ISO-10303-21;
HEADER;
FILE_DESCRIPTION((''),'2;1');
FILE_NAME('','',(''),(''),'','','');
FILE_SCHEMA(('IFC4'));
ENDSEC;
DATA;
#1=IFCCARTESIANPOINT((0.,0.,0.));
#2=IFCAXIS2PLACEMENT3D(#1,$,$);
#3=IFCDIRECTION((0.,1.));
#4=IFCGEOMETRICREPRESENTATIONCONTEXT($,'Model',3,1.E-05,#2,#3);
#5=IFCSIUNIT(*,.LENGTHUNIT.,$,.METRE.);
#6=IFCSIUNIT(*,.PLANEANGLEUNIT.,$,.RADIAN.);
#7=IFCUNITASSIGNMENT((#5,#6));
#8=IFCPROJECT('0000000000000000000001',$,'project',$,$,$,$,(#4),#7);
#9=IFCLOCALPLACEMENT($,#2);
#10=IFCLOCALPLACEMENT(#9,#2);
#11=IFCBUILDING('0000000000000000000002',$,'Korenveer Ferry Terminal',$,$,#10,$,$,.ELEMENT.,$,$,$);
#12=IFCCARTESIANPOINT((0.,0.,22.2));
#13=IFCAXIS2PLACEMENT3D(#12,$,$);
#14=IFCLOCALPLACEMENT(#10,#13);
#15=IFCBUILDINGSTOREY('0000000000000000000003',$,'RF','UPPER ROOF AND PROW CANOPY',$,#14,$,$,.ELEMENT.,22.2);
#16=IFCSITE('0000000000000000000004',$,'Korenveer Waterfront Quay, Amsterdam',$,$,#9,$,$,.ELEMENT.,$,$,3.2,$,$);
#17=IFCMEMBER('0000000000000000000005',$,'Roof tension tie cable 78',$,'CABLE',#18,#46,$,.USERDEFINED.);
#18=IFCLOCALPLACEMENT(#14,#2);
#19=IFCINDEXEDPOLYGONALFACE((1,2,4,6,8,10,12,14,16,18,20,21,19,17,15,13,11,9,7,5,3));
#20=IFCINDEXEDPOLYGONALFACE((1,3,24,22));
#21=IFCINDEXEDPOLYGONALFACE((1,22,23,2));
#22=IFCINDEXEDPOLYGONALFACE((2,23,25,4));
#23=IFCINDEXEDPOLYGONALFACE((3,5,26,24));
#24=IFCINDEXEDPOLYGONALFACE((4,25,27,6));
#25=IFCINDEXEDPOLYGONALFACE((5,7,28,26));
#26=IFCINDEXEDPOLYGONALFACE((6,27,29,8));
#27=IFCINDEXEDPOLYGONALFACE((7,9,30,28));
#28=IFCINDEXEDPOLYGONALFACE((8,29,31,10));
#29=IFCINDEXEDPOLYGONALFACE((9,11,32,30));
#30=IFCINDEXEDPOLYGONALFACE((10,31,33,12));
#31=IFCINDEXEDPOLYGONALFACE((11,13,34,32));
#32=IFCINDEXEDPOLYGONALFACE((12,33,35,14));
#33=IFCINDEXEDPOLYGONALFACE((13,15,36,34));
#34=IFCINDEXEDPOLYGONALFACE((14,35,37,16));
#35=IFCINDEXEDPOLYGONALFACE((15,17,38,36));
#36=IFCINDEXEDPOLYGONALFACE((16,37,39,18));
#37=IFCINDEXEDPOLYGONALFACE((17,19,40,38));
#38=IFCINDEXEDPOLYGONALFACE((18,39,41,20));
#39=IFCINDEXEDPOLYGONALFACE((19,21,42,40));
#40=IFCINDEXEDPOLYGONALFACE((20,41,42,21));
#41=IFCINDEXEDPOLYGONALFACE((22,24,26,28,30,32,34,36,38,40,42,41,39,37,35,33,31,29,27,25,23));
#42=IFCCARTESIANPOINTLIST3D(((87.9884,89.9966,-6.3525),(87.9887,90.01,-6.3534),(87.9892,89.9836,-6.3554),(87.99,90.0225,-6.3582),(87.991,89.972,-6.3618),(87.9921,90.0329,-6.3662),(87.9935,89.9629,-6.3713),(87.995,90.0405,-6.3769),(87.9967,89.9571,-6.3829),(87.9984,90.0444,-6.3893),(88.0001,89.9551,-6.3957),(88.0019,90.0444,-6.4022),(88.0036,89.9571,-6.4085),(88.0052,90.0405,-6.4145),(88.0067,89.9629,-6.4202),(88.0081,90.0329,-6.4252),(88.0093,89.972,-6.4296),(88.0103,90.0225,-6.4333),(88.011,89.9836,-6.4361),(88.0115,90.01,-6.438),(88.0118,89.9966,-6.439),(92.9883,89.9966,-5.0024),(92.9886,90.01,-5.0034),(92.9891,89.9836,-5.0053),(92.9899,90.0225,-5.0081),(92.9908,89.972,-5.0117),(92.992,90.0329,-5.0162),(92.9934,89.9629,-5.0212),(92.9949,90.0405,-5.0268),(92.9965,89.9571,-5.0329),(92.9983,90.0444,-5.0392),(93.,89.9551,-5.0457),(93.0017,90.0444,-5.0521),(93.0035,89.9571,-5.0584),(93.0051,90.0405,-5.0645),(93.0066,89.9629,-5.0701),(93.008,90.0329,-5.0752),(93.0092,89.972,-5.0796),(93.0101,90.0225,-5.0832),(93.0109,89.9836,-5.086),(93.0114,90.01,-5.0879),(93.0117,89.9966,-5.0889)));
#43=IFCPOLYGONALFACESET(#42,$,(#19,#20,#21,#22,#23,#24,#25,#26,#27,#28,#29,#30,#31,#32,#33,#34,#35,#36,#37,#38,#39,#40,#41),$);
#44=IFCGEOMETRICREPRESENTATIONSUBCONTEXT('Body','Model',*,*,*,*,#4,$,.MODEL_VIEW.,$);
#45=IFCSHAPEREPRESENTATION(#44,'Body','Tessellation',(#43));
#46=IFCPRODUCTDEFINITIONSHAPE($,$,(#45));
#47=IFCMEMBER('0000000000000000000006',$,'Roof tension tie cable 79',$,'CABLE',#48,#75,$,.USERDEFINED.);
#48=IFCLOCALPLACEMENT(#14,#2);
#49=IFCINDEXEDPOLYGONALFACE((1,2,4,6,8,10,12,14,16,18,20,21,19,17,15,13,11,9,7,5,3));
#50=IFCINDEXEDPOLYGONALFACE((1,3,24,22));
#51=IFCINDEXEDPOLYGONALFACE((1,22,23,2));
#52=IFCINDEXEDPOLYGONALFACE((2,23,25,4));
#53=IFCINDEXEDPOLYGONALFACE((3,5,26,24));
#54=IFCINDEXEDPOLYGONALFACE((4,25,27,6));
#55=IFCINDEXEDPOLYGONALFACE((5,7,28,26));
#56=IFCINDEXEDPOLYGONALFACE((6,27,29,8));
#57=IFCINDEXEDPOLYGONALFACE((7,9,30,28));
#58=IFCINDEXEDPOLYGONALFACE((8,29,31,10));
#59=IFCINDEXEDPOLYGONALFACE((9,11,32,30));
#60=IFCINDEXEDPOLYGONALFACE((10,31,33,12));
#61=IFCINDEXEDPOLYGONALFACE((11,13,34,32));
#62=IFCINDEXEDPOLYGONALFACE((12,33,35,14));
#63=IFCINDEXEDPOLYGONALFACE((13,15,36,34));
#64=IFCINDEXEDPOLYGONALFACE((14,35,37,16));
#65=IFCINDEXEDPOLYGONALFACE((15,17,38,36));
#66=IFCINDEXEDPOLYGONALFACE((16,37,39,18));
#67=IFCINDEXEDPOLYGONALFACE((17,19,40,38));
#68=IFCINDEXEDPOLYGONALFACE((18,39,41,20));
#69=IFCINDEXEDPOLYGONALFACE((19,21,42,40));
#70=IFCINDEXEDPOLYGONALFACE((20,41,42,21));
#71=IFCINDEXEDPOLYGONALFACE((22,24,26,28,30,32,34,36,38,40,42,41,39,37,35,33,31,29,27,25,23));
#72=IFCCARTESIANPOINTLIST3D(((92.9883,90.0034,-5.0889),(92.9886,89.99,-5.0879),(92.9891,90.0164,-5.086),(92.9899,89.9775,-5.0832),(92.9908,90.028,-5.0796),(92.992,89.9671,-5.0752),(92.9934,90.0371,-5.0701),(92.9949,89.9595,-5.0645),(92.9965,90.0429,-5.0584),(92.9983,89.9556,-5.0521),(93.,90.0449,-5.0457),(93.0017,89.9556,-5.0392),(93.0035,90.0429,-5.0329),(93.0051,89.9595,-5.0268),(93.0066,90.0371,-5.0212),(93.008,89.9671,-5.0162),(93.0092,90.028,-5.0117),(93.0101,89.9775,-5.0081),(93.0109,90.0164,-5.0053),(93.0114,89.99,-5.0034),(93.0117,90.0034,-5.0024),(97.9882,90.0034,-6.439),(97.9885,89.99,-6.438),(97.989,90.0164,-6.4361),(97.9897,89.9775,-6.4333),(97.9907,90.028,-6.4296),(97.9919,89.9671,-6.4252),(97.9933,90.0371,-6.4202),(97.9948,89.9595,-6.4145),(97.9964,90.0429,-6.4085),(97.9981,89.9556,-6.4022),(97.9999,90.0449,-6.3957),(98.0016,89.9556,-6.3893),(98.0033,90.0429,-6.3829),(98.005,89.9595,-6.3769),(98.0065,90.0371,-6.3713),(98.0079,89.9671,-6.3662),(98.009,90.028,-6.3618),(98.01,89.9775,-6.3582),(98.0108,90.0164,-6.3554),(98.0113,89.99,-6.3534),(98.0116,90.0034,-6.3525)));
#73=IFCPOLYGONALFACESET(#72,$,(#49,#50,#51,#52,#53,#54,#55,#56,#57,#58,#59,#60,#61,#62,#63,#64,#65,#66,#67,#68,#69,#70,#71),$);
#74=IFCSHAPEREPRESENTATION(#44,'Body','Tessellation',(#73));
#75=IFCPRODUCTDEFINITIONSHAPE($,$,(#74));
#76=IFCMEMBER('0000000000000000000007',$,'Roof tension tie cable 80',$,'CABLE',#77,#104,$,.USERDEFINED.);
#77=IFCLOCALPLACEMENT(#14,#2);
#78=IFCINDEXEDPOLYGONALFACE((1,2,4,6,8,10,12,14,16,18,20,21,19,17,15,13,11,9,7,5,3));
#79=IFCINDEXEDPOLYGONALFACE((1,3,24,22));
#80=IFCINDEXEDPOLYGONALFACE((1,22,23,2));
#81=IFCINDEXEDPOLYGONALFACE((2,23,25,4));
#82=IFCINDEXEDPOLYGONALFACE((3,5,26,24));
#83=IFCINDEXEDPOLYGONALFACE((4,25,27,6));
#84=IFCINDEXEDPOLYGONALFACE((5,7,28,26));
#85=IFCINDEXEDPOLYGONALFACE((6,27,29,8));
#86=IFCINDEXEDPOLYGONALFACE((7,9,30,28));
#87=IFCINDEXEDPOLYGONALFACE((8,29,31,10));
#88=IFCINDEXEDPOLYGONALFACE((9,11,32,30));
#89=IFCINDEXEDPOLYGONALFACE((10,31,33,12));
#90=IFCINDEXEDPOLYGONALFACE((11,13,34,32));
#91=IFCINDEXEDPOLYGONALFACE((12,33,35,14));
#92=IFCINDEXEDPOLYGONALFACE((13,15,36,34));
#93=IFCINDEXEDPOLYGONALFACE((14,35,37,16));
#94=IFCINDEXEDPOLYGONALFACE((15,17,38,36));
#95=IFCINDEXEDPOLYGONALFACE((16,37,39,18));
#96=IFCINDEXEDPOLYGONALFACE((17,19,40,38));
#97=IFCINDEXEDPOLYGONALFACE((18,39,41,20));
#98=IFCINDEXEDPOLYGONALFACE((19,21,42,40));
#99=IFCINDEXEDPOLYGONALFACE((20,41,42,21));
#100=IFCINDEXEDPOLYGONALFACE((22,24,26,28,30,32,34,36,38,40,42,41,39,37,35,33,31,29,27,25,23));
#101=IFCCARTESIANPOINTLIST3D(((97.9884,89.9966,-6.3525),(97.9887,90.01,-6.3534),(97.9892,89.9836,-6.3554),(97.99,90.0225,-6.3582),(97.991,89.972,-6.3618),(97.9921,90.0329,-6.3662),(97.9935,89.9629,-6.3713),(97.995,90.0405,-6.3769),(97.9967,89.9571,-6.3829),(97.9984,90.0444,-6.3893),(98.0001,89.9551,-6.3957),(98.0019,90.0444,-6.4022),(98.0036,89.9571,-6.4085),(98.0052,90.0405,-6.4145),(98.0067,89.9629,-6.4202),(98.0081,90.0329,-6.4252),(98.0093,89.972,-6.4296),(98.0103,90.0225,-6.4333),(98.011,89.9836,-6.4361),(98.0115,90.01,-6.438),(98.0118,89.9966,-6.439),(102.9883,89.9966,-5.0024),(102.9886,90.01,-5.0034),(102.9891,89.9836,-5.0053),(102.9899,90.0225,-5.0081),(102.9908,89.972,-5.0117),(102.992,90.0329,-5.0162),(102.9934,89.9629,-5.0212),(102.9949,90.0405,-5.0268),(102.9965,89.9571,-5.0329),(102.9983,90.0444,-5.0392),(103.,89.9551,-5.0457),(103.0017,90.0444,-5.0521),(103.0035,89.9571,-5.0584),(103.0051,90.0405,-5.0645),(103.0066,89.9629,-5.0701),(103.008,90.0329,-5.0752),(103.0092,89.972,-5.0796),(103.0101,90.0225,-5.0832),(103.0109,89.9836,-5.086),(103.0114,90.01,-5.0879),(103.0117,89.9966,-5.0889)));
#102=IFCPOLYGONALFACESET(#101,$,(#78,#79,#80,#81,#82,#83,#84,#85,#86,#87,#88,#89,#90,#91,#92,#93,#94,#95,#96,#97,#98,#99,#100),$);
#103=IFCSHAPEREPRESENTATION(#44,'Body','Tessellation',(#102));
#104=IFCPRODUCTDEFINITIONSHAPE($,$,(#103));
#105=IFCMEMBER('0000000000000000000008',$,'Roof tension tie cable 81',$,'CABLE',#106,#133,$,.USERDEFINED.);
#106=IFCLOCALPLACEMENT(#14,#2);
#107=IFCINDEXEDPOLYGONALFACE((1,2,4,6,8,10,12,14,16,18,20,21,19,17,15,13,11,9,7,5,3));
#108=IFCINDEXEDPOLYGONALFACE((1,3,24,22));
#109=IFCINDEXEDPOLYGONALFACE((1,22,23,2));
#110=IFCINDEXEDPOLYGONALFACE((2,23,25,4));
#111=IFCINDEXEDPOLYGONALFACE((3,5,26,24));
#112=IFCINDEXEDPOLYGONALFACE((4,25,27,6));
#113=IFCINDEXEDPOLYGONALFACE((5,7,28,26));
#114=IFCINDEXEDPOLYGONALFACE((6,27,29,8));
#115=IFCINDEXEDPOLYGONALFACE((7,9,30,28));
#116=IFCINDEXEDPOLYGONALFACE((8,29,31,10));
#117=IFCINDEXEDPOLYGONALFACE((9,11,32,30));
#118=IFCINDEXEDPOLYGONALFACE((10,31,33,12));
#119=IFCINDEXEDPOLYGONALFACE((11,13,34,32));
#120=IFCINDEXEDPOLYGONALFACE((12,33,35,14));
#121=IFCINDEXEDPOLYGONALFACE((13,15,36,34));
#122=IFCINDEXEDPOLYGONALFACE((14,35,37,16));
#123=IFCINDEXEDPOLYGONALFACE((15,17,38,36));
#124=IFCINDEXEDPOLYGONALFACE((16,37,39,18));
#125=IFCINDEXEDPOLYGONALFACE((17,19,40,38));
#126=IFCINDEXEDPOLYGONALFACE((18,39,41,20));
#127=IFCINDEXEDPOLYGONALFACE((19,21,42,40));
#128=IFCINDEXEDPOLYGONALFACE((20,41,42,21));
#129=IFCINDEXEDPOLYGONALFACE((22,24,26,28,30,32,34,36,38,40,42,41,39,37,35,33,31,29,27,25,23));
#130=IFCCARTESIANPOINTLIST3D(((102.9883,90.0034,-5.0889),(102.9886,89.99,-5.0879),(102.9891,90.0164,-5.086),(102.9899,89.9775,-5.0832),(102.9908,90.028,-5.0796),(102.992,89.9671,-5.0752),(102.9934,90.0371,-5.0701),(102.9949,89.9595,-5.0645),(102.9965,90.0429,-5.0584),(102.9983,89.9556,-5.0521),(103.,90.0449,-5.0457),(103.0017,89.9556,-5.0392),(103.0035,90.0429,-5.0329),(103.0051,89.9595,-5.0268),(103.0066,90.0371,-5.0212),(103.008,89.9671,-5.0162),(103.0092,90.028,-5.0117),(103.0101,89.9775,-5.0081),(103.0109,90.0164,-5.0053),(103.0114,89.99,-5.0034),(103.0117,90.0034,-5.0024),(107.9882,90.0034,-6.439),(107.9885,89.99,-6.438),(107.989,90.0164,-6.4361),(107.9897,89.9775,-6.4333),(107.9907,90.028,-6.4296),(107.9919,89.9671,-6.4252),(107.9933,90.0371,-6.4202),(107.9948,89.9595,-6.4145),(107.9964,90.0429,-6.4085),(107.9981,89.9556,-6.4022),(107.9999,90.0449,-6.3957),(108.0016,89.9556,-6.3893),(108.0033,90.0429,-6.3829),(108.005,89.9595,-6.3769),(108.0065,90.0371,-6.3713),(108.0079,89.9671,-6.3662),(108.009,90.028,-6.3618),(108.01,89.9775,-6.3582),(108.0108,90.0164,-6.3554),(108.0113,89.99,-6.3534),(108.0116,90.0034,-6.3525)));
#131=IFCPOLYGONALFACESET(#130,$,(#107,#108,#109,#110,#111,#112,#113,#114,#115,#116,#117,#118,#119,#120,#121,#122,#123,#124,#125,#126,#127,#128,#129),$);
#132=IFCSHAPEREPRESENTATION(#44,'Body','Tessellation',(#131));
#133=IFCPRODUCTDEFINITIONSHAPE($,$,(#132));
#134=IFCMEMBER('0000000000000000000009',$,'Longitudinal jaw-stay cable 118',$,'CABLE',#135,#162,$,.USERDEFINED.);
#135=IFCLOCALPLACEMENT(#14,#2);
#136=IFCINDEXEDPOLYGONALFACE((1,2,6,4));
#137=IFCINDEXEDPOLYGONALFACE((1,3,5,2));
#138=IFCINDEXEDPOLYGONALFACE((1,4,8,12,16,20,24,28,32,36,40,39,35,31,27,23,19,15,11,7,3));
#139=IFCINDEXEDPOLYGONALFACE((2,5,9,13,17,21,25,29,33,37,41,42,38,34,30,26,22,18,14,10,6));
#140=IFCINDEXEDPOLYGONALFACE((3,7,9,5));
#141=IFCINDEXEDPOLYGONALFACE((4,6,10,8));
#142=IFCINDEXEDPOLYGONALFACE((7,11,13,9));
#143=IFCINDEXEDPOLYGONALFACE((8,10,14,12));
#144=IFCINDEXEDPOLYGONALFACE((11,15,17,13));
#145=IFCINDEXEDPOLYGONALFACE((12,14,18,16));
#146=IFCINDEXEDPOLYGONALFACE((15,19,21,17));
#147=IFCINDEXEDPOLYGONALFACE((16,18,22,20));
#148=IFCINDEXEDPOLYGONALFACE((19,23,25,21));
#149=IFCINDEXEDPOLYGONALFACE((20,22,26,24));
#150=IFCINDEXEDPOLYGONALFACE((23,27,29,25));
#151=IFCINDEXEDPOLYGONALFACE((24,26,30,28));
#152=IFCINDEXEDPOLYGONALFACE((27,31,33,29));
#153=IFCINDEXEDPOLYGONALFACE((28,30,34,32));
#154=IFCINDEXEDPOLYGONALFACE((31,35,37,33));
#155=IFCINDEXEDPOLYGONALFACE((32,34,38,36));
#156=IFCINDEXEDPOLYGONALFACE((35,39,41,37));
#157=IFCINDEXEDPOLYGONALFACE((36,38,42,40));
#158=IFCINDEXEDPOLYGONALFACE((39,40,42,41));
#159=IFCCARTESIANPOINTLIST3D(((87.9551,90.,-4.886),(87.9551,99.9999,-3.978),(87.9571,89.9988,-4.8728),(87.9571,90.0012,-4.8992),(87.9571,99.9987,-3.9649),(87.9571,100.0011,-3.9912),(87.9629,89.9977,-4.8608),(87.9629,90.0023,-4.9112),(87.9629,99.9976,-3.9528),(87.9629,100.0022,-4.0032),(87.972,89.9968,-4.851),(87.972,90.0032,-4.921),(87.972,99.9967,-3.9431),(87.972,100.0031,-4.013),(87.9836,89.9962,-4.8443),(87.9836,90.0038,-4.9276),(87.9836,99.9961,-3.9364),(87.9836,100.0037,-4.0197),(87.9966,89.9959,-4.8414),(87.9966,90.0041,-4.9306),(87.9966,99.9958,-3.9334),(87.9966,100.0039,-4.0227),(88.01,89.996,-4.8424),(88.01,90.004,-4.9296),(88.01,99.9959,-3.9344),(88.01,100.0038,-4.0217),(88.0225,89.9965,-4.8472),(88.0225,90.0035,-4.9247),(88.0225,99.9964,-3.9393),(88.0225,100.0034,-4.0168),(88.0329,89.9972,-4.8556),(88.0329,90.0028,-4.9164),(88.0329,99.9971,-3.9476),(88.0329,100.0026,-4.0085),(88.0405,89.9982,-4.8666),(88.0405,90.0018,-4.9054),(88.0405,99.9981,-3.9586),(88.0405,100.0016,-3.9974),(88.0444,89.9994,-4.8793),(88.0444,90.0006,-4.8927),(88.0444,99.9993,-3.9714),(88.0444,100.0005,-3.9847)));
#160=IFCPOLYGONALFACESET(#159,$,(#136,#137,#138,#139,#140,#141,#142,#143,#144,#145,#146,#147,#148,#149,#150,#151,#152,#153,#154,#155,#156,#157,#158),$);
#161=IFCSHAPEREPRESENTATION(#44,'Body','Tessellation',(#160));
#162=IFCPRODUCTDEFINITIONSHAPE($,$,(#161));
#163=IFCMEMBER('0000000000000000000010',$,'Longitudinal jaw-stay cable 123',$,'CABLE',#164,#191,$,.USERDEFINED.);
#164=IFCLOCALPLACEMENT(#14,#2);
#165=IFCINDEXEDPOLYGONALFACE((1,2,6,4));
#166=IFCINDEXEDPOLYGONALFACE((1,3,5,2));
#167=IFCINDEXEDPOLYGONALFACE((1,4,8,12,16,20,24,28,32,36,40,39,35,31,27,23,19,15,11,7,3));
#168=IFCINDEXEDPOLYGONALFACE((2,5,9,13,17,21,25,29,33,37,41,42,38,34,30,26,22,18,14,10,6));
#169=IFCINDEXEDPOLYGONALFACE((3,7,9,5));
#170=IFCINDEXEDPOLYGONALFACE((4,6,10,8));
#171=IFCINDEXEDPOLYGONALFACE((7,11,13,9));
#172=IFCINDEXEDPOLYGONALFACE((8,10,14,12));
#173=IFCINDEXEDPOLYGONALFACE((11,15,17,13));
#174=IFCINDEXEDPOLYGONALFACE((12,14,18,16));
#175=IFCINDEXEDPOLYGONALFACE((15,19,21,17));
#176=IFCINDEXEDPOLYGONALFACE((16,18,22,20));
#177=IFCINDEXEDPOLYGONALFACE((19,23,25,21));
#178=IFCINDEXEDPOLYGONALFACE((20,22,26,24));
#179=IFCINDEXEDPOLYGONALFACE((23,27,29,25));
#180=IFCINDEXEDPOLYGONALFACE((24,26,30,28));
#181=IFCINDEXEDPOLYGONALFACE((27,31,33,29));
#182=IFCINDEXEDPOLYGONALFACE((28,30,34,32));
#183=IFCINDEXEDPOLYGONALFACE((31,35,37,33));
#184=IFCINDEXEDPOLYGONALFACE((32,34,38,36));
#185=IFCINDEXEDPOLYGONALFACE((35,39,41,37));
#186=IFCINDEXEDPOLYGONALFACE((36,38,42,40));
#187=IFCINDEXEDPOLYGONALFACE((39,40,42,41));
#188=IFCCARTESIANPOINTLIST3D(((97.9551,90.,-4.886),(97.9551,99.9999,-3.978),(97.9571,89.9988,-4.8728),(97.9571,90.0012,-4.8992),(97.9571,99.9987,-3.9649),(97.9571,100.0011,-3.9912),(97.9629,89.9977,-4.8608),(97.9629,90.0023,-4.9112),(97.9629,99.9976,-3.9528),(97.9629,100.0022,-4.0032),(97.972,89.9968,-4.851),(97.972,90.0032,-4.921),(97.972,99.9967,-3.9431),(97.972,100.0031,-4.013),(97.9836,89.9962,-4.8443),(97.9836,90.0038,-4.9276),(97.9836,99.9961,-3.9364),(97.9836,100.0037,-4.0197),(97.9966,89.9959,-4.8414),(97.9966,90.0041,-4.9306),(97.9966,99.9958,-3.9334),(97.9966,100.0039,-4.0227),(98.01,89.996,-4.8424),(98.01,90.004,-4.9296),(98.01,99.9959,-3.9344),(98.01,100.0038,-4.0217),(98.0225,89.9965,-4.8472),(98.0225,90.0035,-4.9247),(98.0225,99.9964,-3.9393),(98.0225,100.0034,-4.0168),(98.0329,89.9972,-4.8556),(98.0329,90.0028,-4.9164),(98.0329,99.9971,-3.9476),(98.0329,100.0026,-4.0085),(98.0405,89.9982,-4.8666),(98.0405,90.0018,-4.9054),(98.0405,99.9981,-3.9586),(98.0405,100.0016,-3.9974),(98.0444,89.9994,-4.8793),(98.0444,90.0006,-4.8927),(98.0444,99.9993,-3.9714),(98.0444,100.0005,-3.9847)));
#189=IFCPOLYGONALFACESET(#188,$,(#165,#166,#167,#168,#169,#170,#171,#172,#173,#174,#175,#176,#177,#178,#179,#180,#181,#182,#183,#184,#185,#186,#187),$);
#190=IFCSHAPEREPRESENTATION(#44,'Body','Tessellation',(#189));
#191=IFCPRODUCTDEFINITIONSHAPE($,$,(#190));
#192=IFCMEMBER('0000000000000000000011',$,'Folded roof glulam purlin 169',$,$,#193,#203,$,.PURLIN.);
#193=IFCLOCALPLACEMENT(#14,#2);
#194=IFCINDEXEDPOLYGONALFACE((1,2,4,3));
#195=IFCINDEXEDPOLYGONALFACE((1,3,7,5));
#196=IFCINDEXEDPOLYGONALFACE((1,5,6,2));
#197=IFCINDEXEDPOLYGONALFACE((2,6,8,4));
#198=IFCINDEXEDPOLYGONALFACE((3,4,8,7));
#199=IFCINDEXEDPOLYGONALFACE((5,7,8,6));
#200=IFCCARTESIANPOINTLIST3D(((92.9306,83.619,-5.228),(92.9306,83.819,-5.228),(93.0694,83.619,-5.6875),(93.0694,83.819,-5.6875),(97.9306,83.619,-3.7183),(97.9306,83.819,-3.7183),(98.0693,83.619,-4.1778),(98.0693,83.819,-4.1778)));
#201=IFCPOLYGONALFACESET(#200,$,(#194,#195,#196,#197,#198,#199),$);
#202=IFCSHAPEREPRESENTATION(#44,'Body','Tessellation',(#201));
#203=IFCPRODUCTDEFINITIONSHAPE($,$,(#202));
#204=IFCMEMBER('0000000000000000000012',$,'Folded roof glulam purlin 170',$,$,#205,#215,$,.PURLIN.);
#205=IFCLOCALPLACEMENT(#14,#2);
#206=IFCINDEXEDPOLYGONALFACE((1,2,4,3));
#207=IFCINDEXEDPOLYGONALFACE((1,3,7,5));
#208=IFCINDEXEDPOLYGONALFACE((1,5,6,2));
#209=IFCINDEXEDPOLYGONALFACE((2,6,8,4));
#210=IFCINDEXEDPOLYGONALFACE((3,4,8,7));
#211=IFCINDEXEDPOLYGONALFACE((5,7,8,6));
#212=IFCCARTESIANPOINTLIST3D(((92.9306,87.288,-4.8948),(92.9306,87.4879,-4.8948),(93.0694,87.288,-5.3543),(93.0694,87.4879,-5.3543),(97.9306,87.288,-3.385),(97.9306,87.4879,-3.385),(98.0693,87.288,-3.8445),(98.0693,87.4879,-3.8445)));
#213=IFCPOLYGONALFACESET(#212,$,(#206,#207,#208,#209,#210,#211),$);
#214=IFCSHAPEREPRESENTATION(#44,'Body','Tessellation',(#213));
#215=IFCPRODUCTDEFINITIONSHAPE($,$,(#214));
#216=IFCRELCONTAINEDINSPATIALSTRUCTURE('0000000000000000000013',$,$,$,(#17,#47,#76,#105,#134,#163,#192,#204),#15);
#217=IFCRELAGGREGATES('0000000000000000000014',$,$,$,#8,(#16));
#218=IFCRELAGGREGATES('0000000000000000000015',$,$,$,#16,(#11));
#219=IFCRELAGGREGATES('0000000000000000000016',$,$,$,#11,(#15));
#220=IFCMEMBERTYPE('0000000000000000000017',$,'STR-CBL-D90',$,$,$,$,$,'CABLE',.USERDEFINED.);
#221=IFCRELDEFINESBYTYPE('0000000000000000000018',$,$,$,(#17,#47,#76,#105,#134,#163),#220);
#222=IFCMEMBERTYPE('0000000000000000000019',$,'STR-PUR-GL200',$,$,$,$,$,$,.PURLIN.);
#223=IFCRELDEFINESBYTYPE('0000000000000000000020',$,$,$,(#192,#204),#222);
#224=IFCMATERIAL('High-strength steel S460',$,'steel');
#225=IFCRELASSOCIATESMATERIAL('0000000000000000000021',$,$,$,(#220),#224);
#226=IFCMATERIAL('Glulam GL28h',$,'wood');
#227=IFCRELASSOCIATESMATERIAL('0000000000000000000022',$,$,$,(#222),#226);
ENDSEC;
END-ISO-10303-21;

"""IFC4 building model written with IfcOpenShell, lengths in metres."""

from ifc_helpers import new_model, si_unit, direction, frame, origin, origin_2d, place, context, subcontext, project, spatial, rectangle, circle, extrude, material, material_profile, profile_set, type_object, element, save


model = new_model("IFC4")

# Units and contexts
model_context = context("Model", 3, precision=1e-05, world=origin(), true_north=direction((0.0, 1.0)))
body_context = subcontext(model_context, "Body", "Model", "MODEL_VIEW")
ifc_project = project(units=[si_unit("LENGTHUNIT", "METRE"), si_unit("PLANEANGLEUNIT", "RADIAN")], contexts=[model_context])

# Site, building, storey
site_placement = place(None, origin())
site = spatial("IfcSite", under=ifc_project, at=site_placement, Name="Korenveer Waterfront Quay, Amsterdam", CompositionType="ELEMENT", RefElevation=3.2)
building_placement = place(site_placement, origin())
building = spatial("IfcBuilding", under=site, at=building_placement, Name="Korenveer Ferry Terminal", CompositionType="ELEMENT")
storey_placement = place(building_placement, frame((0.0, 0.0, 22.2)))
storey = spatial("IfcBuildingStorey", under=building, at=storey_placement, Name="RF", Description="UPPER ROOF AND PROW CANOPY", CompositionType="ELEMENT", Elevation=22.2)

# Members
ifc_material_1 = material(Name="High-strength steel S460", Category="steel")
ifc_material_profile_1 = material_profile(ifc_material_1, circle(Radius=0.0449, at=origin_2d()), Name="ROD D90")
ifc_profile_set_1 = profile_set([ifc_material_profile_1], Name="High-strength steel S460")
member_type_1 = type_object("IfcMemberType", Name="STR-CBL-D90", ElementType="CABLE", PredefinedType="USERDEFINED", material=ifc_profile_set_1)
for number, where, z_axis, x_axis, name in (
    (1, (93.0, 90.0, -5.0457), (-0.965424, 0.0, -0.260683), (0.0, -1.0, 0.0), "Roof tension tie cable 78"),
    (2, (93.0, 90.0, -5.0457), (0.965424, 0.0, -0.260683), (0.0, 1.0, 0.0), "Roof tension tie cable 79"),
    (3, (103.0, 90.0, -5.0457), (-0.965424, 0.0, -0.260683), (0.0, -1.0, 0.0), "Roof tension tie cable 80"),
    (4, (103.0, 90.0, -5.0457), (0.965424, 0.0, -0.260683), (0.0, 1.0, 0.0), "Roof tension tie cable 81"),
):
    element("IfcMember", number, at=place(storey_placement, frame(where, z_axis=z_axis, x_axis=x_axis)), inside=storey, type_object=member_type_1, Name=name, ObjectType="CABLE", PredefinedType="USERDEFINED", context=body_context, shape_type="SweptSolid", body=[
        extrude(circle(Radius=0.0449, at=origin_2d()), origin(), (0.0, 0.0, 1.0), 5.179),
    ])
for number, where, z_axis, x_axis, name in (
    (5, (88.0, 90.0, -4.886), (0.0, 0.995903, 0.090424), (-1.0, 0.0, 0.0), "Longitudinal jaw-stay cable 118"),
    (6, (98.0, 90.0, -4.886), (0.0, 0.995903, 0.090424), (-1.0, 0.0, 0.0), "Longitudinal jaw-stay cable 123"),
):
    element("IfcMember", number, at=place(storey_placement, frame(where, z_axis=z_axis, x_axis=x_axis)), inside=storey, type_object=member_type_1, Name=name, ObjectType="CABLE", PredefinedType="USERDEFINED", context=body_context, shape_type="SweptSolid", body=[
        extrude(circle(Radius=0.0449, at=origin_2d()), origin(), (0.0, 0.0, 1.0), 10.041),
    ])
ifc_material_2 = material(Name="Glulam GL28h", Category="wood")
ifc_material_profile_2 = material_profile(ifc_material_2, rectangle(XDim=0.2, YDim=0.48, at=origin_2d()), Name="GL 200x480")
ifc_profile_set_2 = profile_set([ifc_material_profile_2], Name="Glulam GL28h")
member_type_2 = type_object("IfcMemberType", Name="STR-PUR-GL200", PredefinedType="PURLIN", material=ifc_profile_set_2)
for number, where, z_axis, x_axis, name in (
    (7, (93.0, 83.719, -5.4578), (0.95731, 0.0, 0.289063), (0.0, 1.0, 0.0), "Folded roof glulam purlin 169"),
    (8, (93.0, 87.3879, -5.1245), (0.95731, 0.0, 0.289063), (0.0, 1.0, 0.0), "Folded roof glulam purlin 170"),
):
    element("IfcMember", number, at=place(storey_placement, frame(where, z_axis=z_axis, x_axis=x_axis)), inside=storey, type_object=member_type_2, Name=name, PredefinedType="PURLIN", context=body_context, shape_type="SweptSolid", body=[
        extrude(rectangle(XDim=0.2, YDim=0.48, at=origin_2d()), origin(), (0.0, 0.0, 1.0), 5.2229),
    ])

save(model, "model.ifc")
